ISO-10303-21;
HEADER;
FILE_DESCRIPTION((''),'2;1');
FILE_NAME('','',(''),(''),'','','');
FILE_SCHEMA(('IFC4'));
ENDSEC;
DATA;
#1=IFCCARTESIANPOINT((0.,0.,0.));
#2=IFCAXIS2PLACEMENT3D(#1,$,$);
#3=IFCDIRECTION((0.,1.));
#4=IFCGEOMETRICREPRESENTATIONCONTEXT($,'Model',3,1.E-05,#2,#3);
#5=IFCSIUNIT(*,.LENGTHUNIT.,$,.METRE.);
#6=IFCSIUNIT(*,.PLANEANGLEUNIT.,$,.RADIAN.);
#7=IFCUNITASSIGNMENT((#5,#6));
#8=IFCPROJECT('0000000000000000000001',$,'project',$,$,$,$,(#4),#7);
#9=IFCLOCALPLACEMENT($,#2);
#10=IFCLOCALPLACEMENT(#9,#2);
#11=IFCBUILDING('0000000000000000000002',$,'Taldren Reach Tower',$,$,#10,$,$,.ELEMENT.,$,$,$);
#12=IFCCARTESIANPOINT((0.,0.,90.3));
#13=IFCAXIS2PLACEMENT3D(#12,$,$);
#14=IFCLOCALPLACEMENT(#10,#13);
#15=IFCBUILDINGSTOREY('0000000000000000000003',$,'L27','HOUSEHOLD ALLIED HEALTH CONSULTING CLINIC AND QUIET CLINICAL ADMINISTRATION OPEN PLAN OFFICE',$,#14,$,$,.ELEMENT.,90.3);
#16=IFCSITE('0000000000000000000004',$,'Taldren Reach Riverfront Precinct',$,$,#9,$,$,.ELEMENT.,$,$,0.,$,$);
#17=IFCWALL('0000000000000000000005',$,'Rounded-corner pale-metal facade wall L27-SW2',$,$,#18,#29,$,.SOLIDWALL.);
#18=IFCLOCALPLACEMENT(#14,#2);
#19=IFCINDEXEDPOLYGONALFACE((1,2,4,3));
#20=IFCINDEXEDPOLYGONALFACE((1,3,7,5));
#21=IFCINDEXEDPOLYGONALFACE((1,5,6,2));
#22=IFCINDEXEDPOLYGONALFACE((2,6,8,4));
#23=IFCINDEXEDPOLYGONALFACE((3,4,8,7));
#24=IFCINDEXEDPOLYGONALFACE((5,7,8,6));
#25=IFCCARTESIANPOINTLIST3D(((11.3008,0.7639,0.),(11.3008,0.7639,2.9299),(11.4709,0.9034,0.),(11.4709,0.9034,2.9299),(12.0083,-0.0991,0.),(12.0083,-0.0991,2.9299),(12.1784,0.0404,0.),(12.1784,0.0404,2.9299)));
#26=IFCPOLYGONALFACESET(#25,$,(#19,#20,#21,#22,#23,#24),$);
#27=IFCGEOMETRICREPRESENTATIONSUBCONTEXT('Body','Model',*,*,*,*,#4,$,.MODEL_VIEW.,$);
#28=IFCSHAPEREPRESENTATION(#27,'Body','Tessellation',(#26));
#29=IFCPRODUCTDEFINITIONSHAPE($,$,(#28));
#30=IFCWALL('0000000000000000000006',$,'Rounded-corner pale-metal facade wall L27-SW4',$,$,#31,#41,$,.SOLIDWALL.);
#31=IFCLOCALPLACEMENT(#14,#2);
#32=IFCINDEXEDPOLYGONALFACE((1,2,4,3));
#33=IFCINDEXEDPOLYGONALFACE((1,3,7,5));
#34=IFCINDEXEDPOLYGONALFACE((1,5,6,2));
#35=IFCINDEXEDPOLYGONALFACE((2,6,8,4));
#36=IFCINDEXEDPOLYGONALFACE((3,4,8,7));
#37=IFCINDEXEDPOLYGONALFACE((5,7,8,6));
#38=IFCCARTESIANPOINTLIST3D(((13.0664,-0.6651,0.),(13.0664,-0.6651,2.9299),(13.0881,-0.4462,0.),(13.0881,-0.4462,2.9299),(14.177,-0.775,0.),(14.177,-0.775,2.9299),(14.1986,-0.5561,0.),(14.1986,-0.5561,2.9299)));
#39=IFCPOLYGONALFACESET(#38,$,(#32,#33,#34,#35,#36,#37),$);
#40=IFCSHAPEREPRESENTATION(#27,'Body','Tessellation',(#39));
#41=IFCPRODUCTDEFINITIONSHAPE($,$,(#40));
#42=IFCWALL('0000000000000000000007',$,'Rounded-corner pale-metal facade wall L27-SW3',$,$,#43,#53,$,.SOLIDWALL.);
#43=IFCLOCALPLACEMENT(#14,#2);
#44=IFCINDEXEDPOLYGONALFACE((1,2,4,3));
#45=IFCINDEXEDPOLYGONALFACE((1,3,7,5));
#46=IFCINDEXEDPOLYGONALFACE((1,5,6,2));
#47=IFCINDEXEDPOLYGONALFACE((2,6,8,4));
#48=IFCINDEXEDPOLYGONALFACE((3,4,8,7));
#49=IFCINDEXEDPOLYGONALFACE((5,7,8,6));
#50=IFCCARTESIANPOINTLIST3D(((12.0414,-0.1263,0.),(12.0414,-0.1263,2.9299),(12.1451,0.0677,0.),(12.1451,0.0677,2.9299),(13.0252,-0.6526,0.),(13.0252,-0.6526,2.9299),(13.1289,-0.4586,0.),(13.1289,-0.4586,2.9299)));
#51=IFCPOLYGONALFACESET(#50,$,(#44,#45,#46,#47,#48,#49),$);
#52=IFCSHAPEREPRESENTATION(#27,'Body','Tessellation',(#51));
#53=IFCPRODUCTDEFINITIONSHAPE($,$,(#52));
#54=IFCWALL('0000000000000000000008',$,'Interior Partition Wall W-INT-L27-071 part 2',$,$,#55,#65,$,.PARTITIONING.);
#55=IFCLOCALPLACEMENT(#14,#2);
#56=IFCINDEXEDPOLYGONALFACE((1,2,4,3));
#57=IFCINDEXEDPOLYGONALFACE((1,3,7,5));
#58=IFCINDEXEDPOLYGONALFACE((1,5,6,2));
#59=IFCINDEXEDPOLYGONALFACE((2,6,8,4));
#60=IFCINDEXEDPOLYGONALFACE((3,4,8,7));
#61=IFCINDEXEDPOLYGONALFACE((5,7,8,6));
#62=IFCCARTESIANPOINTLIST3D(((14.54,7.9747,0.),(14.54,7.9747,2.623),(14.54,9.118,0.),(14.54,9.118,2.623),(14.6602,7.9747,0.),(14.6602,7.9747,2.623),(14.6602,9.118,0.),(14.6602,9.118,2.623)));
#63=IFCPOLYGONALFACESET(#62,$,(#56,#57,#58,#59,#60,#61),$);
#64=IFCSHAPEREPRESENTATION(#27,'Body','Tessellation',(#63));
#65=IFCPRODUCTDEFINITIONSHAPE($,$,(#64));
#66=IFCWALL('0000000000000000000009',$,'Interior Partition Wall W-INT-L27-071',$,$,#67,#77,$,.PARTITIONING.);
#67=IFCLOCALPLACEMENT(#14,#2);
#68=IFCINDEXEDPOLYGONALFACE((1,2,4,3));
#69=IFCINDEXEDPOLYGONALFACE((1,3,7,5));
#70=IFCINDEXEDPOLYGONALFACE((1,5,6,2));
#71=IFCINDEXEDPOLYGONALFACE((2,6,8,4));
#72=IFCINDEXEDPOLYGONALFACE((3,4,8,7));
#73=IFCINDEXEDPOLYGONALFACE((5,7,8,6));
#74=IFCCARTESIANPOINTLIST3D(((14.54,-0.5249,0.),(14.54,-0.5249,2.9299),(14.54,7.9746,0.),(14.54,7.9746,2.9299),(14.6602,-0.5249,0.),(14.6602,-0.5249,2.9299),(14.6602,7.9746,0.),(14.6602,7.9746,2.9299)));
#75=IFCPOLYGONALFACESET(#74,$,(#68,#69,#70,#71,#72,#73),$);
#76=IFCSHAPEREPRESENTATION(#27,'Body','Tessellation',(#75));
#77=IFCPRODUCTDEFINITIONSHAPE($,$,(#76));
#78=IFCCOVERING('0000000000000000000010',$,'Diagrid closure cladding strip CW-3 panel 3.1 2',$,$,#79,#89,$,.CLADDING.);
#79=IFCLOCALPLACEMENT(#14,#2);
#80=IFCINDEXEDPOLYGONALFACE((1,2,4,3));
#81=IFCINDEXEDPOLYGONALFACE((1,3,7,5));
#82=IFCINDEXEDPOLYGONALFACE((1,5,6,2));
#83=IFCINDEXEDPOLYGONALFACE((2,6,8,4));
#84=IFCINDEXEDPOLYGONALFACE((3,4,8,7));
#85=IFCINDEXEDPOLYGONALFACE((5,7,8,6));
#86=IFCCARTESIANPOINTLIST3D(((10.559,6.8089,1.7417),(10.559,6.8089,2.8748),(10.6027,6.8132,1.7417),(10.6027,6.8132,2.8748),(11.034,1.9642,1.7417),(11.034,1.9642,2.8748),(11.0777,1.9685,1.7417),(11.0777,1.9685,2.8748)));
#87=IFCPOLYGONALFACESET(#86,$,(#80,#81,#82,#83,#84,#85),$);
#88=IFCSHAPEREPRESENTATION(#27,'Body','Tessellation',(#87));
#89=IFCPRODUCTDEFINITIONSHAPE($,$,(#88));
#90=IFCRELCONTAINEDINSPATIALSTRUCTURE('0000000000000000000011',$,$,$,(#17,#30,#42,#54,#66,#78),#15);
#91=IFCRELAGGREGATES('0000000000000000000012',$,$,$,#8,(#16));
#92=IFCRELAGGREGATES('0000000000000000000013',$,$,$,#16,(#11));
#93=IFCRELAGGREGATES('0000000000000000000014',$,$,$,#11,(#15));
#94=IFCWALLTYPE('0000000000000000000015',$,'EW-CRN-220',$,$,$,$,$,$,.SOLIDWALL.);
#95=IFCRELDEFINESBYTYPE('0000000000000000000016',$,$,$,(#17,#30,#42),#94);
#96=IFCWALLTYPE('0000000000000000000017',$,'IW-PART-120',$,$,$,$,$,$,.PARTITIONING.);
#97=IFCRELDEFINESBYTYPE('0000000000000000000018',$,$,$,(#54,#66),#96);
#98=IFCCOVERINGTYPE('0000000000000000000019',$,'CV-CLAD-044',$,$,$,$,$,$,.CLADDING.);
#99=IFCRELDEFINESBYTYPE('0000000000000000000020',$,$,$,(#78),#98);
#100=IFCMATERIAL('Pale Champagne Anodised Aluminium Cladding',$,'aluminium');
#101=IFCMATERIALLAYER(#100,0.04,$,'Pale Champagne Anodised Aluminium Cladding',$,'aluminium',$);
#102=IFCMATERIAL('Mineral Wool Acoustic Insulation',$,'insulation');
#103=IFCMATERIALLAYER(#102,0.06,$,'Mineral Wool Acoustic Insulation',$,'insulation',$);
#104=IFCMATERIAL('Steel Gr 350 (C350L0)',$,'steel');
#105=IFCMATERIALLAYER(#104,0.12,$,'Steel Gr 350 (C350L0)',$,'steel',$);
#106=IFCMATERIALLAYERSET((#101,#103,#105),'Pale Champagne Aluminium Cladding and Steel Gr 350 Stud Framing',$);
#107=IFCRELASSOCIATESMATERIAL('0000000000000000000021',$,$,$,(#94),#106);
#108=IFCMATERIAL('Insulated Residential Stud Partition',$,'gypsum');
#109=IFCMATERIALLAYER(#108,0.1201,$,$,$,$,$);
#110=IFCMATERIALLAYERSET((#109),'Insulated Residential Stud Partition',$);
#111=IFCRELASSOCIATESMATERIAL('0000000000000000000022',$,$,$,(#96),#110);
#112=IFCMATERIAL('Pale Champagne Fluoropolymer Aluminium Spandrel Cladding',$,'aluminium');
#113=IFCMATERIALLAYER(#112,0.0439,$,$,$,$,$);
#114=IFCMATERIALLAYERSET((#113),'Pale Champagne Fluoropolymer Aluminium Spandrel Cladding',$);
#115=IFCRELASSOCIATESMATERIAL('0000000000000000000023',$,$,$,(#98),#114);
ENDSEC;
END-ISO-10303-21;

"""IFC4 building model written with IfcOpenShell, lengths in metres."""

from ifc_helpers import new_model, si_unit, direction, frame, frame_2d, origin, origin_2d, place, context, subcontext, project, spatial, rectangle, extrude, source, transform, mapped, material, layer, layer_set, type_object, element, save


model = new_model("IFC4")

# Units and contexts
model_context = context("Model", 3, precision=1e-05, world=origin(), true_north=direction((0.0, 1.0)))
body_context = subcontext(model_context, "Body", "Model", "MODEL_VIEW")
ifc_project = project(units=[si_unit("LENGTHUNIT", "METRE"), si_unit("PLANEANGLEUNIT", "RADIAN")], contexts=[model_context])

# Site, building, storey
site_placement = place(None, origin())
site = spatial("IfcSite", under=ifc_project, at=site_placement, Name="Taldren Reach Riverfront Precinct", CompositionType="ELEMENT", RefElevation=0.0)
building_placement = place(site_placement, origin())
building = spatial("IfcBuilding", under=site, at=building_placement, Name="Taldren Reach Tower", CompositionType="ELEMENT")
storey_placement = place(building_placement, frame((0.0, 0.0, 90.3)))
storey = spatial("IfcBuildingStorey", under=building, at=storey_placement, Name="L27", Description="HOUSEHOLD ALLIED HEALTH CONSULTING CLINIC AND QUIET CLINICAL ADMINISTRATION OPEN PLAN OFFICE", CompositionType="ELEMENT", Elevation=90.3)

# Shared definitions
ifc_material_1 = material(Name="Steel Gr 350 (C350L0)", Category="steel")

# Walls
ifc_material_2 = material(Name="Pale Champagne Anodised Aluminium Cladding", Category="aluminium")
ifc_layer_1 = layer(ifc_material_2, 0.04, Name="Pale Champagne Anodised Aluminium Cladding", Category="aluminium")
ifc_material_3 = material(Name="Mineral Wool Acoustic Insulation", Category="insulation")
ifc_layer_2 = layer(ifc_material_3, 0.06, Name="Mineral Wool Acoustic Insulation", Category="insulation")
ifc_layer_3 = layer(ifc_material_1, 0.12, Name="Steel Gr 350 (C350L0)", Category="steel")
ifc_layer_set_1 = layer_set([ifc_layer_1, ifc_layer_2, ifc_layer_3], Name="Pale Champagne Aluminium Cladding and Steel Gr 350 Stud Framing")
wall_type_1 = type_object("IfcWallType", Name="EW-CRN-220", PredefinedType="SOLIDWALL", material=ifc_layer_set_1)
shared_shape_1 = source(origin(), body_context, "Body", "SweptSolid", [
    extrude(rectangle(XDim=1.116, YDim=0.22, at=frame_2d((0.5581, 0.0))), origin(), (0.0, 0.0, 1.0), 2.9299),
])
for number, where, z_axis, x_axis, name in (
    (1, (11.3857, 0.8337, 0.0), (0.0, 0.0, 1.0), (0.633988, -0.773343, 0.0), "Rounded-corner pale-metal facade wall L27-SW2"),
    (2, (13.0771, -0.5557, 0.0), (0.0, 0.0, 1.0), (0.995143, -0.098442, 0.0), "Rounded-corner pale-metal facade wall L27-SW4"),
):
    element("IfcWall", number, at=place(storey_placement, frame(where, z_axis=z_axis, x_axis=x_axis)), inside=storey, type_object=wall_type_1, Name=name, PredefinedType="SOLIDWALL", context=body_context, shape_type="MappedRepresentation", body=[
        mapped(shared_shape_1, transform((0.0, 0.0, 0.0), scale=1.0)),
    ])
shared_shape_2 = source(origin(), body_context, "Body", "SweptSolid", [
    extrude(rectangle(XDim=1.1157, YDim=0.22, at=frame_2d((0.5579, 0.0))), origin(), (0.0, 0.0, 1.0), 2.9299),
])
wall_1_placement = place(storey_placement, frame((12.0933, -0.0293, 0.0), z_axis=(0.0, 0.0, 1.0), x_axis=(0.881747, -0.471723, 0.0)))
element("IfcWall", 3, at=wall_1_placement, inside=storey, type_object=wall_type_1, Name="Rounded-corner pale-metal facade wall L27-SW3", PredefinedType="SOLIDWALL", context=body_context, shape_type="MappedRepresentation", body=[
    mapped(shared_shape_2, transform((0.0, 0.0, 0.0), scale=1.0)),
])
ifc_material_4 = material(Name="Insulated Residential Stud Partition", Category="gypsum")
ifc_layer_4 = layer(ifc_material_4, 0.1201)
ifc_layer_set_2 = layer_set([ifc_layer_4], Name="Insulated Residential Stud Partition")
wall_type_2 = type_object("IfcWallType", Name="IW-PART-120", PredefinedType="PARTITIONING", material=ifc_layer_set_2)
shared_shape_3 = source(origin(), body_context, "Body", "SweptSolid", [
    extrude(rectangle(XDim=1.1433, YDim=0.1201, at=frame_2d((0.5718, 0.0))), origin(), (0.0, 0.0, 1.0), 2.623),
])
wall_2_placement = place(storey_placement, frame((14.6001, 7.9746, 0.0), z_axis=(0.0, 0.0, 1.0), x_axis=(0.0, 1.0, 0.0)))
element("IfcWall", 4, at=wall_2_placement, inside=storey, type_object=wall_type_2, Name="Interior Partition Wall W-INT-L27-071 part 2", PredefinedType="PARTITIONING", context=body_context, shape_type="MappedRepresentation", body=[
    mapped(shared_shape_3, transform((0.0, 0.0, 0.0), scale=1.0)),
])
shared_shape_4 = source(origin(), body_context, "Body", "SweptSolid", [
    extrude(rectangle(XDim=8.4995, YDim=0.1201, at=frame_2d((4.2498, 0.0))), origin(), (0.0, 0.0, 1.0), 2.9299),
])
wall_3_placement = place(storey_placement, frame((14.6001, -0.5249, 0.0), z_axis=(0.0, 0.0, 1.0), x_axis=(0.0, 1.0, 0.0)))
element("IfcWall", 5, at=wall_3_placement, inside=storey, type_object=wall_type_2, Name="Interior Partition Wall W-INT-L27-071", PredefinedType="PARTITIONING", context=body_context, shape_type="MappedRepresentation", body=[
    mapped(shared_shape_4, transform((0.0, 0.0, 0.0), scale=1.0)),
])

# Covering
ifc_material_5 = material(Name="Pale Champagne Fluoropolymer Aluminium Spandrel Cladding", Category="aluminium")
ifc_layer_5 = layer(ifc_material_5, 0.0439)
ifc_layer_set_3 = layer_set([ifc_layer_5], Name="Pale Champagne Fluoropolymer Aluminium Spandrel Cladding")
covering_type = type_object("IfcCoveringType", Name="CV-CLAD-044", PredefinedType="CLADDING", material=ifc_layer_set_3)
shared_shape_5 = source(origin(), body_context, "Body", "SweptSolid", [
    extrude(rectangle(XDim=4.8679, YDim=0.0439, at=origin_2d()), origin(), (0.0, 0.0, 1.0), 1.1331),
])
covering_placement = place(storey_placement, frame((10.8184, 4.3887, 1.7417), z_axis=(0.0, 0.0, 1.0), x_axis=(0.097583, -0.995227, 0.0)))
element("IfcCovering", 6, at=covering_placement, inside=storey, type_object=covering_type, Name="Diagrid closure cladding strip CW-3 panel 3.1 2", PredefinedType="CLADDING", context=body_context, shape_type="MappedRepresentation", body=[
    mapped(shared_shape_5, transform((0.0, 0.0, 0.0), scale=1.0)),
])

save(model, "model.ifc")
